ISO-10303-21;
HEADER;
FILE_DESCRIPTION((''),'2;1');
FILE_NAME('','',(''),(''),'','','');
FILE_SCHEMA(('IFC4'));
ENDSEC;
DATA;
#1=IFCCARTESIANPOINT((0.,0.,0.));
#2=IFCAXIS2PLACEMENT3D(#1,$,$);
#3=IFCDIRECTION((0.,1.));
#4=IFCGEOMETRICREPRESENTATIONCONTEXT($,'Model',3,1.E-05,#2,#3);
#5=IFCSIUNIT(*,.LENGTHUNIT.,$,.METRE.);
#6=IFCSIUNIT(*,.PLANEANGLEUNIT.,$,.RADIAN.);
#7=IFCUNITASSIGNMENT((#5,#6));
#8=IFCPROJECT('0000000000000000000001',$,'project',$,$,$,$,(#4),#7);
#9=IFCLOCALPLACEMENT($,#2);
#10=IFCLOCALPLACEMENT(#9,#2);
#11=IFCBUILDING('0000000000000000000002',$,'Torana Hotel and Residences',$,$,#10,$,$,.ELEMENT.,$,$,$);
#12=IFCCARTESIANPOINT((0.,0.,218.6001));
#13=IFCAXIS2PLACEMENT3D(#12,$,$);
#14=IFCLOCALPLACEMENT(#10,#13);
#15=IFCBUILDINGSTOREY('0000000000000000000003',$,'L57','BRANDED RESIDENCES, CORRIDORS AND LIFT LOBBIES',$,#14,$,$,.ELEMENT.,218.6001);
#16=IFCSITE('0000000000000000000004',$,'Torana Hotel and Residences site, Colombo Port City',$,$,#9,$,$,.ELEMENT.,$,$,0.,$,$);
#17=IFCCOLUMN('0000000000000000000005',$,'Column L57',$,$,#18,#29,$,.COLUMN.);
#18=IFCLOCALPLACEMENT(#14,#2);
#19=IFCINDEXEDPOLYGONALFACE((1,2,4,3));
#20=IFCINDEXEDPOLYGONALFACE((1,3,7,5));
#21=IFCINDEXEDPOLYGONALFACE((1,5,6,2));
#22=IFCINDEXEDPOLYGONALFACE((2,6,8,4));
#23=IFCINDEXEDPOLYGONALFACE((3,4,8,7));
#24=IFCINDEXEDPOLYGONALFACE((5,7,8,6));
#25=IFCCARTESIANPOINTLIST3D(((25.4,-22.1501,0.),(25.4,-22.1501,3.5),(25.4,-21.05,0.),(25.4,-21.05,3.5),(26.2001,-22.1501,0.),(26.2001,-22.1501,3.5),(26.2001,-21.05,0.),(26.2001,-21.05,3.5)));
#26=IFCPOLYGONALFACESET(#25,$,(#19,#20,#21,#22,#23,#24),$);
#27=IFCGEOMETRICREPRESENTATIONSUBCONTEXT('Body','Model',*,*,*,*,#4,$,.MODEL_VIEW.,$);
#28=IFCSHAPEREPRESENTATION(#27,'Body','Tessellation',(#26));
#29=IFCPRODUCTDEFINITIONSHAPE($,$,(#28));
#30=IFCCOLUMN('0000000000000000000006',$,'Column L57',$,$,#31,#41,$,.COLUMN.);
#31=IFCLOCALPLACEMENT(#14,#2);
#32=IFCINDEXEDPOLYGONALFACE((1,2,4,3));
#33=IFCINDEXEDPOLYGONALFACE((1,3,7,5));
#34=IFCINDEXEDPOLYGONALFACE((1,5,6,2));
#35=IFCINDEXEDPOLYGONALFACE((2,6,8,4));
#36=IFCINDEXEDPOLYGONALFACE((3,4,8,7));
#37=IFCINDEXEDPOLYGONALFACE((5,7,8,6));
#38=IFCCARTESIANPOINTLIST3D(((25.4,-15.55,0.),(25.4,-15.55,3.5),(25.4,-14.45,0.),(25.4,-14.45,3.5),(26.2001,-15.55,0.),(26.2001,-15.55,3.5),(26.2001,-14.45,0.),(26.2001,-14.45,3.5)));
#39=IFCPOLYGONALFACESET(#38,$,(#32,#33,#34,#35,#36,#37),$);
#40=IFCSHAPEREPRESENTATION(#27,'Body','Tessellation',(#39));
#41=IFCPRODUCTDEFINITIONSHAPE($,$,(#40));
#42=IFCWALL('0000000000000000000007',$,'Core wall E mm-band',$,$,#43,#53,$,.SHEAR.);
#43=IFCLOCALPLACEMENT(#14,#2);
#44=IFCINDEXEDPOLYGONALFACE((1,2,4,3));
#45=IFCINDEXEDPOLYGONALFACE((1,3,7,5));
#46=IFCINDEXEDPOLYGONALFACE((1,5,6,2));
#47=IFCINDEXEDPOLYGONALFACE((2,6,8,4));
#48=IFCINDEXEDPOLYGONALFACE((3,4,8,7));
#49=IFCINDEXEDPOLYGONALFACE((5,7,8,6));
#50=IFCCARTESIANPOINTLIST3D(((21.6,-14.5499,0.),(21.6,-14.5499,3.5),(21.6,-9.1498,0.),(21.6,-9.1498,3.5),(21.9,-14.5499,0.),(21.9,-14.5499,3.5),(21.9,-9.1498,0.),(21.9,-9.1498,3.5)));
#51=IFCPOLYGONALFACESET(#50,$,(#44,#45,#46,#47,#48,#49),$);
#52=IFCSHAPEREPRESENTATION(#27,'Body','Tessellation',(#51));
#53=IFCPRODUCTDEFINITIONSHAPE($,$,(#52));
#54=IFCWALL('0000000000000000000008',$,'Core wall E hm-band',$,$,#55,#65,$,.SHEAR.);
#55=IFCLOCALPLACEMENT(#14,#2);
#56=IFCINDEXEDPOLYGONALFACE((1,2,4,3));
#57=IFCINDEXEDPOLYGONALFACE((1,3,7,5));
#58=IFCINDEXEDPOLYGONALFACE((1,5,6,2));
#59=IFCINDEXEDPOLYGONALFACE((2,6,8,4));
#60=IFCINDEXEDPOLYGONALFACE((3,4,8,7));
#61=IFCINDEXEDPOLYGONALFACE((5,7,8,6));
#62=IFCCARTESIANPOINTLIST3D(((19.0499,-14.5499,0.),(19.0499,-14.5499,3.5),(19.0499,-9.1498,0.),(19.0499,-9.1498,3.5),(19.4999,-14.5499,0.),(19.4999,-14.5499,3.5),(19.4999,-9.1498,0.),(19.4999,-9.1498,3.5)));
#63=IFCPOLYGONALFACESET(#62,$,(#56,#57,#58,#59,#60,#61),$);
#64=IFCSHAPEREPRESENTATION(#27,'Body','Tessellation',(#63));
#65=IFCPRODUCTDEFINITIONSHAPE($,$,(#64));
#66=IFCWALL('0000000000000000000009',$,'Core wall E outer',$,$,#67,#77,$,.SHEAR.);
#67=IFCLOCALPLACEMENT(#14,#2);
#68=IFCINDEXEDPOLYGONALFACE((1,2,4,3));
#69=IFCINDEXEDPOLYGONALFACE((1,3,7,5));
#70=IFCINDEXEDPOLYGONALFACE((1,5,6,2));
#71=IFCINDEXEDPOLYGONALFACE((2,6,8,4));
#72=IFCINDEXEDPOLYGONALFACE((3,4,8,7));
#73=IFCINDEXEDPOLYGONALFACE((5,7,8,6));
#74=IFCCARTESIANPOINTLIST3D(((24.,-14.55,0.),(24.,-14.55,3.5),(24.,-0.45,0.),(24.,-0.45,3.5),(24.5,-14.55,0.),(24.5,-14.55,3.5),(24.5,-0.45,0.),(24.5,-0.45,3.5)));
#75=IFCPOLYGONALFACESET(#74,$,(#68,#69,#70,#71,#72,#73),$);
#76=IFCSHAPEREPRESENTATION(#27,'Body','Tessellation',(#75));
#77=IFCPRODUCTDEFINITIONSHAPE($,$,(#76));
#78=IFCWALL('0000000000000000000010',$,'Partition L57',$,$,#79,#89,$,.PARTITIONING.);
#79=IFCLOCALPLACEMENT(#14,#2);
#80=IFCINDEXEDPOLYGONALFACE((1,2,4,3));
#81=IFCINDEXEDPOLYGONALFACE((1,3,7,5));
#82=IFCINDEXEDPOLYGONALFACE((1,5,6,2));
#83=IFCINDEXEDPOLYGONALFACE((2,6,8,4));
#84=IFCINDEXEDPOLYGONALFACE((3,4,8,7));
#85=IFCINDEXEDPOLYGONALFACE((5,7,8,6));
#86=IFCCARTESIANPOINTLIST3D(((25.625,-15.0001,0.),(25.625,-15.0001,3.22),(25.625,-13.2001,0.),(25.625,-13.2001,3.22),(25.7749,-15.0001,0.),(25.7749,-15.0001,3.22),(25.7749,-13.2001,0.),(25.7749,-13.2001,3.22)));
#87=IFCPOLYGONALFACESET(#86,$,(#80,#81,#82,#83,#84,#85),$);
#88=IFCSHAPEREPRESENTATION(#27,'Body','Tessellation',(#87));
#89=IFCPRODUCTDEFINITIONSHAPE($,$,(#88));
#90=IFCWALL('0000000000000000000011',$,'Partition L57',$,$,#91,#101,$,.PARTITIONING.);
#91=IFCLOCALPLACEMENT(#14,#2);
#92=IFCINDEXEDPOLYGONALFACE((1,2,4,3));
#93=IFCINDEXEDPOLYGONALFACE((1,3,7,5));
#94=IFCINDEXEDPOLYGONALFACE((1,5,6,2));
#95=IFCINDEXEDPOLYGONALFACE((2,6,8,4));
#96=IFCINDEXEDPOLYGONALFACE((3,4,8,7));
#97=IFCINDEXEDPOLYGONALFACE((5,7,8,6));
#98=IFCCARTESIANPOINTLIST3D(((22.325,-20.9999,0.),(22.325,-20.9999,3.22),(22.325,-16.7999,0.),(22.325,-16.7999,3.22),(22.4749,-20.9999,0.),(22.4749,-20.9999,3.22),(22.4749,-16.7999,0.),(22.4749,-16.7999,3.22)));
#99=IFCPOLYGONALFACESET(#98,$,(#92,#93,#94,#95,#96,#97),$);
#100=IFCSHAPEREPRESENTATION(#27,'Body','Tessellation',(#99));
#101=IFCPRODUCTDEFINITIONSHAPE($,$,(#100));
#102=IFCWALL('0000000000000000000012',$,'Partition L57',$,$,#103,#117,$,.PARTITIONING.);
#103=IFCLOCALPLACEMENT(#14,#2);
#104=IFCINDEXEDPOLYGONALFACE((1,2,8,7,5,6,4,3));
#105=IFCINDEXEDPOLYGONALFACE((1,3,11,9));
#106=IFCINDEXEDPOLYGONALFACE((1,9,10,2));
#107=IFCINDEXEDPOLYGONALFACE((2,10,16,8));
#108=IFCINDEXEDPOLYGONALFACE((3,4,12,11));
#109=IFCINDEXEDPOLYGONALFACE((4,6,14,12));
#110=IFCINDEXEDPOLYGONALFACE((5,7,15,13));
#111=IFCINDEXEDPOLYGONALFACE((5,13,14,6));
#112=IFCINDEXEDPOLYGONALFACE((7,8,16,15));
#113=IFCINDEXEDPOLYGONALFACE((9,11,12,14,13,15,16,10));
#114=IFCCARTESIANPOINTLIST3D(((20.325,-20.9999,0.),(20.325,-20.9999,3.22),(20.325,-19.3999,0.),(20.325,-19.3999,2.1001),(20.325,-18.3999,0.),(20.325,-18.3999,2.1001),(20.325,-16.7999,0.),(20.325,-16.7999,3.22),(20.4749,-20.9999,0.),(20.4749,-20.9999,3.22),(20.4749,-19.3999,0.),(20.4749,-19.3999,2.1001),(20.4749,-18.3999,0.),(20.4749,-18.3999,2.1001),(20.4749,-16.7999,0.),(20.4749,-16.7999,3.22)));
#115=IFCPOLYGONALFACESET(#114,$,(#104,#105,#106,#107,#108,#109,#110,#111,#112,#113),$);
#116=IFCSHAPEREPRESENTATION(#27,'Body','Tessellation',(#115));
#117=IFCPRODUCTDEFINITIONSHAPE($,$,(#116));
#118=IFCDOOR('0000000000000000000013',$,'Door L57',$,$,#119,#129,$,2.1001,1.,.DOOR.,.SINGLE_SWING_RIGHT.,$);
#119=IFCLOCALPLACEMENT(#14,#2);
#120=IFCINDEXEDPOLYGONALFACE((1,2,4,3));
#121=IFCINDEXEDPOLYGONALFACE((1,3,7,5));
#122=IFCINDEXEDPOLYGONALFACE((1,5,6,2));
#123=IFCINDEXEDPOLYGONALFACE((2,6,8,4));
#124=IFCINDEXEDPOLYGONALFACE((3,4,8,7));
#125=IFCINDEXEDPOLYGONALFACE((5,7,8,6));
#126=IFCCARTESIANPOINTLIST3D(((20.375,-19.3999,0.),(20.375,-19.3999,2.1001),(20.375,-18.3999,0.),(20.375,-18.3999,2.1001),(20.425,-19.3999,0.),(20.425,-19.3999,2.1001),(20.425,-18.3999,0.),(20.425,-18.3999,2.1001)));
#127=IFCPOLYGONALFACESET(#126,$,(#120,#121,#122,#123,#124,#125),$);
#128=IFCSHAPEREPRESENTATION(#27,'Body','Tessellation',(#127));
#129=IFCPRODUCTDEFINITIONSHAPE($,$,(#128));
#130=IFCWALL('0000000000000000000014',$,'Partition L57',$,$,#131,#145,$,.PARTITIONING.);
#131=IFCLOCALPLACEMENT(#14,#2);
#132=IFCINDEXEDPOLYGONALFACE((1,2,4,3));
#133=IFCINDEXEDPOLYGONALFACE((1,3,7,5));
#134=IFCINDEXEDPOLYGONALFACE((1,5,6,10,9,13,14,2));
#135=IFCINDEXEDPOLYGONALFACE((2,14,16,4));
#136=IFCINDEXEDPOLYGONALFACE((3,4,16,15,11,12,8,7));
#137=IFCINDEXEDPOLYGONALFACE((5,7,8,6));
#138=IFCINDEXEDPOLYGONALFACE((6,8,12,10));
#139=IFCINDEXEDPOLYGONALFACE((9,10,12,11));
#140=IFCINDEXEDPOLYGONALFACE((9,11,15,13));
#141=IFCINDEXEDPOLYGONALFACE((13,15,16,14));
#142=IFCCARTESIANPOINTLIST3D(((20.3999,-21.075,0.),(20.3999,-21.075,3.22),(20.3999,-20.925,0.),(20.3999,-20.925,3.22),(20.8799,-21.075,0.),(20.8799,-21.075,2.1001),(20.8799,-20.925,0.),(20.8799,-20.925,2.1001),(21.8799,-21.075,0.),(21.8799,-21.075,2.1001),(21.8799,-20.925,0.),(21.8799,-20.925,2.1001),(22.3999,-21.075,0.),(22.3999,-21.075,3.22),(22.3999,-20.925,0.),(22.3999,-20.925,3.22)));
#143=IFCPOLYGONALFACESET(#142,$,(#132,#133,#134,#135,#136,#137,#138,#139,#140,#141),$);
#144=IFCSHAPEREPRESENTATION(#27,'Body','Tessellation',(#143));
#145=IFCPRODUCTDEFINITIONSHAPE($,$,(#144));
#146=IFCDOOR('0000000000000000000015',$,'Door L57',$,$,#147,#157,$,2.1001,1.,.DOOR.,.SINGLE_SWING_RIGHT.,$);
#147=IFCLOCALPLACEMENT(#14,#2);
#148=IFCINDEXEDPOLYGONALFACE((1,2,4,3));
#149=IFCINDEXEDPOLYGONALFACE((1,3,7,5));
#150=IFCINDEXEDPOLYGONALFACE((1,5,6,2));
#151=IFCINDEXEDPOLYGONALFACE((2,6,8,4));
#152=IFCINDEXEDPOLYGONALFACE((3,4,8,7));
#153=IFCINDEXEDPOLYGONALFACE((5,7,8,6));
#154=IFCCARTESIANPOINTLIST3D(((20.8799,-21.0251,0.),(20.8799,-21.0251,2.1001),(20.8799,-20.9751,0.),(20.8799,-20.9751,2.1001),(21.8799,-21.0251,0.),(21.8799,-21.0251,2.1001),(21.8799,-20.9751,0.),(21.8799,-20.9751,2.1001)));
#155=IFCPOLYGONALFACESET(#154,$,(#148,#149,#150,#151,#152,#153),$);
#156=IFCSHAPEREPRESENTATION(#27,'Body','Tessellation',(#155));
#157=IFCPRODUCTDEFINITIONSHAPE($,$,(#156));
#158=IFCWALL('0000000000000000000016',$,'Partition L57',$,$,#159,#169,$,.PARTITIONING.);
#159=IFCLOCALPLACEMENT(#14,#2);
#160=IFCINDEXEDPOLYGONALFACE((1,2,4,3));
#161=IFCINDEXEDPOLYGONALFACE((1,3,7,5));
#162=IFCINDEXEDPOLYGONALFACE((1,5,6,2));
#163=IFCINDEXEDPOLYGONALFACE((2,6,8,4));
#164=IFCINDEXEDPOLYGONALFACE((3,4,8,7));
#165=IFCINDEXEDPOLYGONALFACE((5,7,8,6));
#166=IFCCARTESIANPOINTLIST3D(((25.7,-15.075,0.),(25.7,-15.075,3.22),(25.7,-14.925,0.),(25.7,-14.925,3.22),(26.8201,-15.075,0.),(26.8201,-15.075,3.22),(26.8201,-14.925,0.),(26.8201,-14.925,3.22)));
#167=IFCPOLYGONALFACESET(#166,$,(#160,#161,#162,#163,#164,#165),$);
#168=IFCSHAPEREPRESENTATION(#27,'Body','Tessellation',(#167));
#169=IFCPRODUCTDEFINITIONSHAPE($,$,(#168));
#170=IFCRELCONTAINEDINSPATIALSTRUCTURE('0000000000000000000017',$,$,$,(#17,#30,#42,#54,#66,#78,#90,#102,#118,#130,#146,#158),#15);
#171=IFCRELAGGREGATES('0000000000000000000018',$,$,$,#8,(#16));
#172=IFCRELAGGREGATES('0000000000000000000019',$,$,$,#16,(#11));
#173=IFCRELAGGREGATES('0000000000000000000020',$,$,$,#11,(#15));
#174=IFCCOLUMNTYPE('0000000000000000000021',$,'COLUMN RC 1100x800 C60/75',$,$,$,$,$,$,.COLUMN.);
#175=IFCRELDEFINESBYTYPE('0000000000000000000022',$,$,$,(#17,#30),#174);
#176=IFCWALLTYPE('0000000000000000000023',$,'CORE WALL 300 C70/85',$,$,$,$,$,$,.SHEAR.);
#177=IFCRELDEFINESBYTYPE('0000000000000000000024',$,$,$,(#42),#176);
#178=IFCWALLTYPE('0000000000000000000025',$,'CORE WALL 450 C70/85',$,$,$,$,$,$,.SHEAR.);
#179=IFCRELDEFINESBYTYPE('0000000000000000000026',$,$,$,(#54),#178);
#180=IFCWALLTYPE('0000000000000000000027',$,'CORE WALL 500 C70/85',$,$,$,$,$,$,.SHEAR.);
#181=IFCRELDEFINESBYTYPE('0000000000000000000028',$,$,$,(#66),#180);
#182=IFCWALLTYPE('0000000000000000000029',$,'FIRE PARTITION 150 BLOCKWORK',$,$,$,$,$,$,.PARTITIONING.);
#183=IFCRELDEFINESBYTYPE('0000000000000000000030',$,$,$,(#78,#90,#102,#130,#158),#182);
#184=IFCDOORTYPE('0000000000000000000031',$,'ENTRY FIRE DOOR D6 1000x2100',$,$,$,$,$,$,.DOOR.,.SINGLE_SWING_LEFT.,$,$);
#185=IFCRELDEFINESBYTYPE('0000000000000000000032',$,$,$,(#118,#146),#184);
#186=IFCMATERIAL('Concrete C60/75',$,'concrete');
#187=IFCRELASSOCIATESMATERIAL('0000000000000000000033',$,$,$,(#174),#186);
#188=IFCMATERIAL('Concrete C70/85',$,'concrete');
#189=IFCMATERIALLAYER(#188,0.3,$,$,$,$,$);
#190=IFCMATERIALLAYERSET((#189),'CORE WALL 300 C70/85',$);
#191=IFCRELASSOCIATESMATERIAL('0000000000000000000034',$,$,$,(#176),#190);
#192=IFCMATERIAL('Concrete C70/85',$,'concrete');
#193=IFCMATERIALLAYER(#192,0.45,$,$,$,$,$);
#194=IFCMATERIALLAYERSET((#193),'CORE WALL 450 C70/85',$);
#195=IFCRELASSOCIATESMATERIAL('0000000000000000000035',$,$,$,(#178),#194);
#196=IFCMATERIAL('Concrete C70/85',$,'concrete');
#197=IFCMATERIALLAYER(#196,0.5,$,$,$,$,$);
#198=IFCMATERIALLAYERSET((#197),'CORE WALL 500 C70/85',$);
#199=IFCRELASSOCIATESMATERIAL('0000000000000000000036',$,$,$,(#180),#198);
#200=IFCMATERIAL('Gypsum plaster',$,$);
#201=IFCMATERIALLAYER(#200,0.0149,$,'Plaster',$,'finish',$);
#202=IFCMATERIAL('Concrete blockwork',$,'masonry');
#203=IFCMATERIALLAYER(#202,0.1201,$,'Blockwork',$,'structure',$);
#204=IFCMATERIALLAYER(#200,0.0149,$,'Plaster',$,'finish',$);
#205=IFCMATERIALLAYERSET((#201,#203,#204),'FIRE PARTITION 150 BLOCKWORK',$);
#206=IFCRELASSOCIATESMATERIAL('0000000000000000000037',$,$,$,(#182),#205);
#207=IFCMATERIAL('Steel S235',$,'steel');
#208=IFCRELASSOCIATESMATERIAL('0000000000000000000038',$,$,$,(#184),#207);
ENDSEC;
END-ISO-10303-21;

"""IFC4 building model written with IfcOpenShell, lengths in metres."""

from ifc_helpers import new_model, si_unit, direction, frame, frame_2d, origin, origin_2d, place, context, subcontext, project, spatial, rectangle, extrude, material, layer, layer_set, material_profile, profile_set, type_object, element, fill, save


model = new_model("IFC4")

# Units and contexts
model_context = context("Model", 3, precision=1e-05, world=origin(), true_north=direction((0.0, 1.0)))
body_context = subcontext(model_context, "Body", "Model", "MODEL_VIEW")
ifc_project = project(units=[si_unit("LENGTHUNIT", "METRE"), si_unit("PLANEANGLEUNIT", "RADIAN")], contexts=[model_context])

# Site, building, storey
site_placement = place(None, origin())
site = spatial("IfcSite", under=ifc_project, at=site_placement, Name="Torana Hotel and Residences site, Colombo Port City", CompositionType="ELEMENT", RefElevation=0.0)
building_placement = place(site_placement, origin())
building = spatial("IfcBuilding", under=site, at=building_placement, Name="Torana Hotel and Residences", CompositionType="ELEMENT")
storey_placement = place(building_placement, frame((0.0, 0.0, 218.6001)))
storey = spatial("IfcBuildingStorey", under=building, at=storey_placement, Name="L57", Description="BRANDED RESIDENCES, CORRIDORS AND LIFT LOBBIES", CompositionType="ELEMENT", Elevation=218.6001)

# Columns
ifc_material_1 = material(Name="Concrete C60/75", Category="concrete")
ifc_material_profile = material_profile(ifc_material_1, rectangle(XDim=1.1001, YDim=0.8, at=origin_2d()), Name="RC 1100x800")
ifc_profile_set = profile_set([ifc_material_profile], Name="Concrete C60/75")
column_type = type_object("IfcColumnType", Name="COLUMN RC 1100x800 C60/75", PredefinedType="COLUMN", material=ifc_profile_set)
for number, where, z_axis, x_axis, name in (
    (1, (25.8, -21.6001, 0.0), (0.0, 0.0, 1.0), (0.0, 1.0, 0.0), "Column L57"),
    (2, (25.8, -15.0, 0.0), (0.0, 0.0, 1.0), (0.0, 1.0, 0.0), "Column L57"),
):
    element("IfcColumn", number, at=place(storey_placement, frame(where, z_axis=z_axis, x_axis=x_axis)), inside=storey, type_object=column_type, Name=name, PredefinedType="COLUMN", context=body_context, shape_type="SweptSolid", body=[
        extrude(rectangle(XDim=1.1001, YDim=0.8, at=origin_2d()), origin(), (0.0, 0.0, 1.0), 3.5),
    ])

# Walls
ifc_material_2 = material(Name="Concrete C70/85", Category="concrete")
ifc_layer_1 = layer(ifc_material_2, 0.3)
ifc_layer_set_1 = layer_set([ifc_layer_1], Name="CORE WALL 300 C70/85")
wall_type_1 = type_object("IfcWallType", Name="CORE WALL 300 C70/85", PredefinedType="SHEAR", material=ifc_layer_set_1)
wall_1_placement = place(storey_placement, frame((21.75, -14.55, 0.0), z_axis=(0.0, 0.0, 1.0), x_axis=(0.0, 1.0, 0.0)))
element("IfcWall", 3, at=wall_1_placement, inside=storey, type_object=wall_type_1, Name="Core wall E mm-band", PredefinedType="SHEAR", context=body_context, shape_type="SweptSolid", body=[
    extrude(rectangle(XDim=5.4001, YDim=0.3, at=frame_2d((2.7002, 0.0))), origin(), (0.0, 0.0, 1.0), 3.5),
])
ifc_material_3 = material(Name="Concrete C70/85", Category="concrete")
ifc_layer_2 = layer(ifc_material_3, 0.45)
ifc_layer_set_2 = layer_set([ifc_layer_2], Name="CORE WALL 450 C70/85")
wall_type_2 = type_object("IfcWallType", Name="CORE WALL 450 C70/85", PredefinedType="SHEAR", material=ifc_layer_set_2)
wall_2_placement = place(storey_placement, frame((19.2749, -14.55, 0.0), z_axis=(0.0, 0.0, 1.0), x_axis=(0.0, 1.0, 0.0)))
element("IfcWall", 4, at=wall_2_placement, inside=storey, type_object=wall_type_2, Name="Core wall E hm-band", PredefinedType="SHEAR", context=body_context, shape_type="SweptSolid", body=[
    extrude(rectangle(XDim=5.4001, YDim=0.45, at=frame_2d((2.7002, 0.0))), origin(), (0.0, 0.0, 1.0), 3.5),
])
ifc_material_4 = material(Name="Concrete C70/85", Category="concrete")
ifc_layer_3 = layer(ifc_material_4, 0.5)
ifc_layer_set_3 = layer_set([ifc_layer_3], Name="CORE WALL 500 C70/85")
wall_type_3 = type_object("IfcWallType", Name="CORE WALL 500 C70/85", PredefinedType="SHEAR", material=ifc_layer_set_3)
wall_3_placement = place(storey_placement, frame((24.25, -14.55, 0.0), z_axis=(0.0, 0.0, 1.0), x_axis=(0.0, 1.0, 0.0)))
element("IfcWall", 5, at=wall_3_placement, inside=storey, type_object=wall_type_3, Name="Core wall E outer", PredefinedType="SHEAR", context=body_context, shape_type="SweptSolid", body=[
    extrude(rectangle(XDim=14.1001, YDim=0.5, at=frame_2d((7.05, 0.0))), origin(), (0.0, 0.0, 1.0), 3.5),
])
ifc_material_5 = material(Name="Gypsum plaster")
ifc_layer_4 = layer(ifc_material_5, 0.0149, Name="Plaster", Category="finish")
ifc_material_6 = material(Name="Concrete blockwork", Category="masonry")
ifc_layer_5 = layer(ifc_material_6, 0.1201, Name="Blockwork", Category="structure")
ifc_layer_6 = layer(ifc_material_5, 0.0149, Name="Plaster", Category="finish")
ifc_layer_set_4 = layer_set([ifc_layer_4, ifc_layer_5, ifc_layer_6], Name="FIRE PARTITION 150 BLOCKWORK")
wall_type_4 = type_object("IfcWallType", Name="FIRE PARTITION 150 BLOCKWORK", PredefinedType="PARTITIONING", material=ifc_layer_set_4)
wall_4_placement = place(storey_placement, frame((25.7, -15.0, 0.0), z_axis=(0.0, 0.0, 1.0), x_axis=(0.0, 1.0, 0.0)))
element("IfcWall", 6, at=wall_4_placement, inside=storey, type_object=wall_type_4, Name="Partition L57", PredefinedType="PARTITIONING", context=body_context, shape_type="SweptSolid", body=[
    extrude(rectangle(XDim=1.8, YDim=0.1499, at=frame_2d((0.8999, 0.0))), origin(), (0.0, 0.0, 1.0), 3.22),
])
wall_5_placement = place(storey_placement, frame((22.3999, -21.0, 0.0), z_axis=(0.0, 0.0, 1.0), x_axis=(0.0, 1.0, 0.0)))
element("IfcWall", 7, at=wall_5_placement, inside=storey, type_object=wall_type_4, Name="Partition L57", PredefinedType="PARTITIONING", context=body_context, shape_type="SweptSolid", body=[
    extrude(rectangle(XDim=4.2, YDim=0.1499, at=frame_2d((2.1001, 0.0))), origin(), (0.0, 0.0, 1.0), 3.22),
])

# Walls, openings, doors
wall_6_placement = place(storey_placement, frame((20.3999, -21.0, 0.0), z_axis=(0.0, 0.0, 1.0), x_axis=(0.0, 1.0, 0.0)))
wall_6 = element("IfcWall", 8, at=wall_6_placement, inside=storey, type_object=wall_type_4, Name="Partition L57", PredefinedType="PARTITIONING", context=body_context, shape_type="SweptSolid", body=[
    extrude(rectangle(XDim=4.2, YDim=0.1499, at=frame_2d((2.1001, 0.0))), origin(), (0.0, 0.0, 1.0), 3.22),
])
opening_1_placement = place(wall_6_placement, frame((1.6001, 0.0, 0.0)))
opening_1 = element("IfcOpeningElement", 9, at=opening_1_placement, cuts=wall_6, PredefinedType="OPENING", context=body_context, shape_type="SweptSolid", body=[
    extrude(rectangle(XDim=1.0, YDim=2.1001, at=frame_2d((0.5, 1.05))), frame((0.0, 0.085, 0.0), z_axis=(0.0, -1.0, 0.0), x_axis=(1.0, 0.0, 0.0)), (0.0, 0.0, 1.0), 0.1699),
])
ifc_material_7 = material(Name="Steel S235", Category="steel")
door_type_1 = type_object("IfcDoorType", Name="ENTRY FIRE DOOR D6 1000x2100", OperationType="SINGLE_SWING_LEFT", PredefinedType="DOOR", material=ifc_material_7)
door_1_placement = place(opening_1_placement, origin())
door_1 = element("IfcDoor", 10, at=door_1_placement, inside=storey, type_object=door_type_1, Name="Door L57", OperationType="SINGLE_SWING_RIGHT", OverallHeight=2.1001, OverallWidth=1.0, PredefinedType="DOOR", context=body_context, shape_type="SweptSolid", body=[
    extrude(rectangle(XDim=1.0, YDim=2.1001, at=frame_2d((0.5, 1.05))), frame((0.0, 0.0249, 0.0), z_axis=(0.0, -1.0, 0.0), x_axis=(1.0, 0.0, 0.0)), (0.0, 0.0, 1.0), 0.05),
])
fill(opening_1, door_1)
wall_7_placement = place(storey_placement, frame((20.3999, -21.0, 0.0), z_axis=(0.0, 0.0, 1.0), x_axis=(1.0, 0.0, 0.0)))
wall_7 = element("IfcWall", 11, at=wall_7_placement, inside=storey, type_object=wall_type_4, Name="Partition L57", PredefinedType="PARTITIONING", context=body_context, shape_type="SweptSolid", body=[
    extrude(rectangle(XDim=2.0, YDim=0.1499, at=frame_2d((1.0, 0.0))), origin(), (0.0, 0.0, 1.0), 3.22),
])
opening_2_placement = place(wall_7_placement, frame((0.48, 0.0, 0.0)))
opening_2 = element("IfcOpeningElement", 12, at=opening_2_placement, cuts=wall_7, PredefinedType="OPENING", context=body_context, shape_type="SweptSolid", body=[
    extrude(rectangle(XDim=1.0, YDim=2.1001, at=frame_2d((0.5, 1.05))), frame((0.0, 0.085, 0.0), z_axis=(0.0, -1.0, 0.0), x_axis=(1.0, 0.0, 0.0)), (0.0, 0.0, 1.0), 0.1699),
])
door_2_placement = place(opening_2_placement, frame((0.5, 0.0, 0.0), z_axis=(0.0, 0.0, 1.0), x_axis=(-1.0, 0.0, 0.0)))
door_2 = element("IfcDoor", 13, at=door_2_placement, inside=storey, type_object=door_type_1, Name="Door L57", OperationType="SINGLE_SWING_RIGHT", OverallHeight=2.1001, OverallWidth=1.0, PredefinedType="DOOR", context=body_context, shape_type="SweptSolid", body=[
    extrude(rectangle(XDim=1.0, YDim=2.1001, at=frame_2d((0.0, 1.05))), frame((0.0, -0.0249, 0.0), z_axis=(0.0, 1.0, 0.0), x_axis=(-1.0, 0.0, 0.0)), (0.0, 0.0, 1.0), 0.05),
])
fill(opening_2, door_2)

# Wall
wall_8_placement = place(storey_placement, frame((25.7, -15.0, 0.0), z_axis=(0.0, 0.0, 1.0), x_axis=(1.0, 0.0, 0.0)))
element("IfcWall", 14, at=wall_8_placement, inside=storey, type_object=wall_type_4, Name="Partition L57", PredefinedType="PARTITIONING", context=body_context, shape_type="SweptSolid", body=[
    extrude(rectangle(XDim=1.1201, YDim=0.1499, at=frame_2d((0.5601, 0.0))), origin(), (0.0, 0.0, 1.0), 3.22),
])

save(model, "model.ifc")
